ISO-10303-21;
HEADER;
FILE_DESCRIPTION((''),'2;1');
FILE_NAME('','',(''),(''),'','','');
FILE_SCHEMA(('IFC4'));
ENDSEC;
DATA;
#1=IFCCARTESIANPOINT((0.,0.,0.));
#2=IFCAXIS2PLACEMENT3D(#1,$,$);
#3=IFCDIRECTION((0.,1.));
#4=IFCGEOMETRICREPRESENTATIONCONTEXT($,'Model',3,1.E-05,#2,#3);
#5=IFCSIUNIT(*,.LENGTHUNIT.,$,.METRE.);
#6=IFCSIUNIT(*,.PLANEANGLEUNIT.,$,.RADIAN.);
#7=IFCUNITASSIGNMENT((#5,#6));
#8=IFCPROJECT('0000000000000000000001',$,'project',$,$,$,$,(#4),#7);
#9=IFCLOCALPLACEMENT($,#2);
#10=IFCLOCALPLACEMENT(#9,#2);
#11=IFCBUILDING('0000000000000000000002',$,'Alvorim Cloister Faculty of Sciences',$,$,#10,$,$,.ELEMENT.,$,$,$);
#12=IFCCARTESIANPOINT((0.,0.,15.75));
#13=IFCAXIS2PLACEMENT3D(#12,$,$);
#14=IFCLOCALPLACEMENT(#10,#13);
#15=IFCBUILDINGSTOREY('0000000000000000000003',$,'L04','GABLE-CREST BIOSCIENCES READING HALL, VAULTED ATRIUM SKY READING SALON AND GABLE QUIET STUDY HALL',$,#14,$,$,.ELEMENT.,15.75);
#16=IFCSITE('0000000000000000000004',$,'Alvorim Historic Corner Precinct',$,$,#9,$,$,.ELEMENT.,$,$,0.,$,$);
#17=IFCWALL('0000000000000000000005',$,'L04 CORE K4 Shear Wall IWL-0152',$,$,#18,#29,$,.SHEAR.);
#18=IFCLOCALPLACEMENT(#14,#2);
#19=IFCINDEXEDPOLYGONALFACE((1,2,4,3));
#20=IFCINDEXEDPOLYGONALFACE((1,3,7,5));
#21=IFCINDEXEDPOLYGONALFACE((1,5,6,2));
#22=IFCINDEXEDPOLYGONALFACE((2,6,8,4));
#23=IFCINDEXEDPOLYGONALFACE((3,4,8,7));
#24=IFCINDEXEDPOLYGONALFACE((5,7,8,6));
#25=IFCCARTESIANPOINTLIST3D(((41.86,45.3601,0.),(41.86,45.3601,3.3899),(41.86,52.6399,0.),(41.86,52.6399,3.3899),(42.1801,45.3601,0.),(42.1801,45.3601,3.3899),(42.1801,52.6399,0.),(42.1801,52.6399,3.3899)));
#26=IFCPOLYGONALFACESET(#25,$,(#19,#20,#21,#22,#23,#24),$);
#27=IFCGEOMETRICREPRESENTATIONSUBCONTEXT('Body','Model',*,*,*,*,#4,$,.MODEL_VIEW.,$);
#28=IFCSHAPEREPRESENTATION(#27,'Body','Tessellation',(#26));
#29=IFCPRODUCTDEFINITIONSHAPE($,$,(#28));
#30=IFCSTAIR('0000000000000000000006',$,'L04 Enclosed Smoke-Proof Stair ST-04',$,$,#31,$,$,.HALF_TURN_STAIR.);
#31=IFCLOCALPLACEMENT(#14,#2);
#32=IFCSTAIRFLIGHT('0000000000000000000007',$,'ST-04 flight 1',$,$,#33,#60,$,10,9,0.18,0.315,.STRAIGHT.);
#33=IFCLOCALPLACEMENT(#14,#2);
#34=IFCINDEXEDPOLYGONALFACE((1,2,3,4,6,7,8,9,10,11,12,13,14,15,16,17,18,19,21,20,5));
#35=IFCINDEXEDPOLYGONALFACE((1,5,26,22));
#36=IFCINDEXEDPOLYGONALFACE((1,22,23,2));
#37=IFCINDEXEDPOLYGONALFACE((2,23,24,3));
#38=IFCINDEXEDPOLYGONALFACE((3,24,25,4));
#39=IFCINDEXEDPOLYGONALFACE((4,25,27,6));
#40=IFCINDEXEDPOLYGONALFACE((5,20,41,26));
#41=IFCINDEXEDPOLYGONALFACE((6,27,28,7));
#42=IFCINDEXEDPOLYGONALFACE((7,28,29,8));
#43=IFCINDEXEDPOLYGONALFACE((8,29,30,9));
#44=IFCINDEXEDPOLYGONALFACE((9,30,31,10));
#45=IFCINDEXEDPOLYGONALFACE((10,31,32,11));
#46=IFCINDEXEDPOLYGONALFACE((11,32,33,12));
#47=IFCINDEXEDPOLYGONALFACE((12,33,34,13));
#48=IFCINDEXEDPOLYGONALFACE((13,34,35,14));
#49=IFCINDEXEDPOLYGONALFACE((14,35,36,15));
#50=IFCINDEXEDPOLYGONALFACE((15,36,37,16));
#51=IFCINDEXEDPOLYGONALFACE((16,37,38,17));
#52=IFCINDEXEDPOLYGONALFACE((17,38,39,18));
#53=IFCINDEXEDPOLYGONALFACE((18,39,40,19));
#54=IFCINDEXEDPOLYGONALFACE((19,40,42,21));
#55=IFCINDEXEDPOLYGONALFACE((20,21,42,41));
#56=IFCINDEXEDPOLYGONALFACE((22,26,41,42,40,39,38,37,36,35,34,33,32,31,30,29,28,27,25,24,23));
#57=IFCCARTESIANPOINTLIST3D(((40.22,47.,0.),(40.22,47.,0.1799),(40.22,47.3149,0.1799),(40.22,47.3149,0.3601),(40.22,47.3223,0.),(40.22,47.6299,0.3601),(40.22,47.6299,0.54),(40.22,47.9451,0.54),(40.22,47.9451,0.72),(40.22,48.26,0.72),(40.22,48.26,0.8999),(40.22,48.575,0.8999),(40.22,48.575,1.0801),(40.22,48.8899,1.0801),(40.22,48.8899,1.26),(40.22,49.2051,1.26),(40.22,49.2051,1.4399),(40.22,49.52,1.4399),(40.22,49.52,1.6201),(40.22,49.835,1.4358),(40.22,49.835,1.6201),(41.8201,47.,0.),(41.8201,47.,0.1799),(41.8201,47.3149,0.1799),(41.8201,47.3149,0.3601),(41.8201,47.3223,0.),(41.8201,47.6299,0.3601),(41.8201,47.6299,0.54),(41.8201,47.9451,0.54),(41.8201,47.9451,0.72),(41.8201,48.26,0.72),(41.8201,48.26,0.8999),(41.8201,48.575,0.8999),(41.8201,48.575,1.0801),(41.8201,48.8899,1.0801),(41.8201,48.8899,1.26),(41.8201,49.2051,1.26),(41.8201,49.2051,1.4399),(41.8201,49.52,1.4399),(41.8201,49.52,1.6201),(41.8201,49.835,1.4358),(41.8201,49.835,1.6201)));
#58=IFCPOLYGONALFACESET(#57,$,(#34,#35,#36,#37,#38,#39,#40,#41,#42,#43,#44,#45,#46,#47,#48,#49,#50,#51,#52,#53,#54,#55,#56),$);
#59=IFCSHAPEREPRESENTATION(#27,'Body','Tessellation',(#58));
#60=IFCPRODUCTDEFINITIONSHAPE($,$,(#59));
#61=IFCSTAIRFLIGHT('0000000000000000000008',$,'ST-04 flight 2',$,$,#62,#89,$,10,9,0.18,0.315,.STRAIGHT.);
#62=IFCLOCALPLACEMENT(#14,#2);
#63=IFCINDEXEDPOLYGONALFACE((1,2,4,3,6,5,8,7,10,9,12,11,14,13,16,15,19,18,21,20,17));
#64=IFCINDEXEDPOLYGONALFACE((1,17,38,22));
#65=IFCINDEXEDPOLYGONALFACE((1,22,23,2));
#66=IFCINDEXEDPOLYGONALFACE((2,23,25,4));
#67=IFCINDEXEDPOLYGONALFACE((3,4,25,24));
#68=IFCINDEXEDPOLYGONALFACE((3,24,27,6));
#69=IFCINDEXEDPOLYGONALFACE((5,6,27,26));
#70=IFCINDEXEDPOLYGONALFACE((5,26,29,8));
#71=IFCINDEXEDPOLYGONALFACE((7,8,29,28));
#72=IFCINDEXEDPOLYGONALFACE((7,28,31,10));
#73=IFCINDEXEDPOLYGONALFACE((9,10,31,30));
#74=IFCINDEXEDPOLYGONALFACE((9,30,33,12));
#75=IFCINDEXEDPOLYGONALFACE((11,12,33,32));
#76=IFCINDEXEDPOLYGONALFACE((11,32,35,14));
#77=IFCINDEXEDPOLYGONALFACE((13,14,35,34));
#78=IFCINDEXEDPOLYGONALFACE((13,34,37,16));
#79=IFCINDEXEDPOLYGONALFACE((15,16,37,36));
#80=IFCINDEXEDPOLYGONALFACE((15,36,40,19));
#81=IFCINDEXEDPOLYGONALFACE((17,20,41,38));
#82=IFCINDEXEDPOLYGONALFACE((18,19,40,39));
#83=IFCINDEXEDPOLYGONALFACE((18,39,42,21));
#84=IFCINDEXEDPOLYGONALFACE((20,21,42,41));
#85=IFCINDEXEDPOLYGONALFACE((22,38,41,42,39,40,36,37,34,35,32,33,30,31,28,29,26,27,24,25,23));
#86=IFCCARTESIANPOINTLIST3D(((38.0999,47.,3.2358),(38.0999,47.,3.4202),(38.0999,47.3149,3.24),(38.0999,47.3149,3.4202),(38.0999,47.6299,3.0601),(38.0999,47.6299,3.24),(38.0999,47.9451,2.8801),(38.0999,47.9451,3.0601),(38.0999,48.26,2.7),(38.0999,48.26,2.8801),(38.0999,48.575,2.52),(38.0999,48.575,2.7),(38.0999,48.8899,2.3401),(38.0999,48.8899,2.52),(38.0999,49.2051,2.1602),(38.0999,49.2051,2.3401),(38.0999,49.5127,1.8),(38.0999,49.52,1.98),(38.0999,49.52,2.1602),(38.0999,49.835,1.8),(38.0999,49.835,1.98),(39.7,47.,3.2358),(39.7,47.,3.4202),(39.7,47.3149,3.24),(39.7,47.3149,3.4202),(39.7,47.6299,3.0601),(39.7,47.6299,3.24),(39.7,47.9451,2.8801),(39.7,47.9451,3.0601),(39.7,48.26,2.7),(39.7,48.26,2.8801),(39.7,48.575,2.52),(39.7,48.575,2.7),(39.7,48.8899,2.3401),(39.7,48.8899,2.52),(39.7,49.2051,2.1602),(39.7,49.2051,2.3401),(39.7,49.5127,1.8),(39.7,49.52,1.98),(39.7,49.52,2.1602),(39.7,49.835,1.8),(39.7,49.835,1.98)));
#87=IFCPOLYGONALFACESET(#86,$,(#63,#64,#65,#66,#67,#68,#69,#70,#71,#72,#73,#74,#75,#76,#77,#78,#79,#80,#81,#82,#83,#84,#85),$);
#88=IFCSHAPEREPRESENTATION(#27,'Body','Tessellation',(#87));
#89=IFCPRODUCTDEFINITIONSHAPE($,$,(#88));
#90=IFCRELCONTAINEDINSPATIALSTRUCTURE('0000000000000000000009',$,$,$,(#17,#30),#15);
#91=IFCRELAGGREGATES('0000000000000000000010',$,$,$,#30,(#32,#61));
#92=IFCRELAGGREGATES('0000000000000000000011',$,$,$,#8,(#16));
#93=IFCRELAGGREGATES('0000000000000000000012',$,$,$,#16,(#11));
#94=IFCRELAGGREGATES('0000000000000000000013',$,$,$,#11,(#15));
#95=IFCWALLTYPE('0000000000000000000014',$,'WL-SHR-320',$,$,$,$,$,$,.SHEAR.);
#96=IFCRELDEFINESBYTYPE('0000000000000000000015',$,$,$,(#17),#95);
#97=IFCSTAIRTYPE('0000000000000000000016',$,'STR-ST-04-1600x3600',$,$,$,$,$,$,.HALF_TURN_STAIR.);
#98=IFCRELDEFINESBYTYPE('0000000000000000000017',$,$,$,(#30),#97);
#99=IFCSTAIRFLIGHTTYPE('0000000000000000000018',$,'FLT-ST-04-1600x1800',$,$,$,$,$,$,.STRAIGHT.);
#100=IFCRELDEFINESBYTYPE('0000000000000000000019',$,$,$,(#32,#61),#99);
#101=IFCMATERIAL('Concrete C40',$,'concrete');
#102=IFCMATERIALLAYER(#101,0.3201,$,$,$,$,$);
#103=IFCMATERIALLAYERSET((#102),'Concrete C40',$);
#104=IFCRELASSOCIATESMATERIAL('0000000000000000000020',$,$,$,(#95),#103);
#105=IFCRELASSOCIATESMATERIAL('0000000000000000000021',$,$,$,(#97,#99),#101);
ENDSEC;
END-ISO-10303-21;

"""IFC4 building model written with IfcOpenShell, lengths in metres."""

from ifc_helpers import new_model, si_unit, direction, frame, frame_2d, origin, place, context, subcontext, project, spatial, polyline, rectangle, outline, extrude, material, layer, layer_set, type_object, element, aggregate, save


model = new_model("IFC4")

# Units and contexts
model_context = context("Model", 3, precision=1e-05, world=origin(), true_north=direction((0.0, 1.0)))
body_context = subcontext(model_context, "Body", "Model", "MODEL_VIEW")
ifc_project = project(units=[si_unit("LENGTHUNIT", "METRE"), si_unit("PLANEANGLEUNIT", "RADIAN")], contexts=[model_context])

# Site, building, storey
site_placement = place(None, origin())
site = spatial("IfcSite", under=ifc_project, at=site_placement, Name="Alvorim Historic Corner Precinct", CompositionType="ELEMENT", RefElevation=0.0)
building_placement = place(site_placement, origin())
building = spatial("IfcBuilding", under=site, at=building_placement, Name="Alvorim Cloister Faculty of Sciences", CompositionType="ELEMENT")
storey_placement = place(building_placement, frame((0.0, 0.0, 15.75)))
storey = spatial("IfcBuildingStorey", under=building, at=storey_placement, Name="L04", Description="GABLE-CREST BIOSCIENCES READING HALL, VAULTED ATRIUM SKY READING SALON AND GABLE QUIET STUDY HALL", CompositionType="ELEMENT", Elevation=15.75)

# Wall
ifc_material_1 = material(Name="Concrete C40", Category="concrete")
ifc_layer_1 = layer(ifc_material_1, 0.3201)
ifc_layer_set_1 = layer_set([ifc_layer_1], Name="Concrete C40")
wall_type_1 = type_object("IfcWallType", Name="WL-SHR-320", PredefinedType="SHEAR", material=ifc_layer_set_1)
wall_1_placement = place(storey_placement, frame((42.02, 45.3601, 0.0), z_axis=(0.0, 0.0, 1.0), x_axis=(0.0, 1.0, 0.0)))
element("IfcWall", 1, at=wall_1_placement, inside=storey, type_object=wall_type_1, Name="L04 CORE K4 Shear Wall IWL-0152", PredefinedType="SHEAR", context=body_context, shape_type="SweptSolid", body=[
    extrude(rectangle(XDim=7.2798, YDim=0.3201, at=frame_2d((3.6399, 0.0))), origin(), (0.0, 0.0, 1.0), 3.3899),
])

# Stair, stair flights
stair_type = type_object("IfcStairType", Name="STR-ST-04-1600x3600", PredefinedType="HALF_TURN_STAIR", material=ifc_material_1)
stair_placement = place(storey_placement, origin())
stair = element("IfcStair", 2, at=stair_placement, inside=storey, type_object=stair_type, Name="L04 Enclosed Smoke-Proof Stair ST-04", PredefinedType="HALF_TURN_STAIR")
stair_flight_type = type_object("IfcStairFlightType", Name="FLT-ST-04-1600x1800", PredefinedType="STRAIGHT", material=ifc_material_1)
stair_flight_1_placement = place(storey_placement, frame((41.02, 47.0, 0.0), z_axis=(0.0, 0.0, 1.0), x_axis=(0.0, 1.0, 0.0)))
stair_flight_1 = element("IfcStairFlight", 3, at=stair_flight_1_placement, type_object=stair_flight_type, Name="ST-04 flight 1", NumberOfRisers=10, NumberOfTreads=9, PredefinedType="STRAIGHT", RiserHeight=0.18, TreadLength=0.315, context=body_context, shape_type="SweptSolid", body=[
    extrude(outline(polyline([(0.3223, 0.0), (2.835, 1.4358), (2.835, 1.8), (2.835, 1.6201), (2.52, 1.6201), (2.52, 1.4399), (2.2051, 1.4399), (2.2051, 1.26), (1.8899, 1.26), (1.8899, 1.0801), (1.575, 1.0801), (1.575, 0.8999), (1.26, 0.8999), (1.26, 0.72), (0.9451, 0.72), (0.9451, 0.54), (0.6299, 0.54), (0.6299, 0.3601), (0.3149, 0.3601), (0.3149, 0.1799), (0.0, 0.1799), (0.0, 0.0), (0.3223, 0.0)])), frame((0.0, 0.8, 0.0), z_axis=(0.0, -1.0, 0.0), x_axis=(1.0, 0.0, 0.0)), (0.0, 0.0, 1.0), 1.6001),
])
stair_flight_2_placement = place(storey_placement, frame((38.8999, 49.835, 1.8), z_axis=(0.0, 0.0, 1.0), x_axis=(0.0, -1.0, 0.0)))
stair_flight_2 = element("IfcStairFlight", 4, at=stair_flight_2_placement, type_object=stair_flight_type, Name="ST-04 flight 2", NumberOfRisers=10, NumberOfTreads=9, PredefinedType="STRAIGHT", RiserHeight=0.18, TreadLength=0.315, context=body_context, shape_type="SweptSolid", body=[
    extrude(outline(polyline([(0.3223, 0.0), (2.835, 1.4358), (2.835, 1.8), (2.835, 1.6201), (2.52, 1.6201), (2.52, 1.4399), (2.2051, 1.4399), (2.2051, 1.26), (1.8899, 1.26), (1.8899, 1.0801), (1.575, 1.0801), (1.575, 0.8999), (1.26, 0.8999), (1.26, 0.72), (0.9451, 0.72), (0.9451, 0.54), (0.6299, 0.54), (0.6299, 0.3601), (0.3149, 0.3601), (0.3149, 0.1799), (0.0, 0.1799), (0.0, 0.0), (0.3223, 0.0)])), frame((0.0, 0.8, 0.0), z_axis=(0.0, -1.0, 0.0), x_axis=(1.0, 0.0, 0.0)), (0.0, 0.0, 1.0), 1.6001),
])
aggregate(stair, [stair_flight_1, stair_flight_2])

save(model, "model.ifc")
